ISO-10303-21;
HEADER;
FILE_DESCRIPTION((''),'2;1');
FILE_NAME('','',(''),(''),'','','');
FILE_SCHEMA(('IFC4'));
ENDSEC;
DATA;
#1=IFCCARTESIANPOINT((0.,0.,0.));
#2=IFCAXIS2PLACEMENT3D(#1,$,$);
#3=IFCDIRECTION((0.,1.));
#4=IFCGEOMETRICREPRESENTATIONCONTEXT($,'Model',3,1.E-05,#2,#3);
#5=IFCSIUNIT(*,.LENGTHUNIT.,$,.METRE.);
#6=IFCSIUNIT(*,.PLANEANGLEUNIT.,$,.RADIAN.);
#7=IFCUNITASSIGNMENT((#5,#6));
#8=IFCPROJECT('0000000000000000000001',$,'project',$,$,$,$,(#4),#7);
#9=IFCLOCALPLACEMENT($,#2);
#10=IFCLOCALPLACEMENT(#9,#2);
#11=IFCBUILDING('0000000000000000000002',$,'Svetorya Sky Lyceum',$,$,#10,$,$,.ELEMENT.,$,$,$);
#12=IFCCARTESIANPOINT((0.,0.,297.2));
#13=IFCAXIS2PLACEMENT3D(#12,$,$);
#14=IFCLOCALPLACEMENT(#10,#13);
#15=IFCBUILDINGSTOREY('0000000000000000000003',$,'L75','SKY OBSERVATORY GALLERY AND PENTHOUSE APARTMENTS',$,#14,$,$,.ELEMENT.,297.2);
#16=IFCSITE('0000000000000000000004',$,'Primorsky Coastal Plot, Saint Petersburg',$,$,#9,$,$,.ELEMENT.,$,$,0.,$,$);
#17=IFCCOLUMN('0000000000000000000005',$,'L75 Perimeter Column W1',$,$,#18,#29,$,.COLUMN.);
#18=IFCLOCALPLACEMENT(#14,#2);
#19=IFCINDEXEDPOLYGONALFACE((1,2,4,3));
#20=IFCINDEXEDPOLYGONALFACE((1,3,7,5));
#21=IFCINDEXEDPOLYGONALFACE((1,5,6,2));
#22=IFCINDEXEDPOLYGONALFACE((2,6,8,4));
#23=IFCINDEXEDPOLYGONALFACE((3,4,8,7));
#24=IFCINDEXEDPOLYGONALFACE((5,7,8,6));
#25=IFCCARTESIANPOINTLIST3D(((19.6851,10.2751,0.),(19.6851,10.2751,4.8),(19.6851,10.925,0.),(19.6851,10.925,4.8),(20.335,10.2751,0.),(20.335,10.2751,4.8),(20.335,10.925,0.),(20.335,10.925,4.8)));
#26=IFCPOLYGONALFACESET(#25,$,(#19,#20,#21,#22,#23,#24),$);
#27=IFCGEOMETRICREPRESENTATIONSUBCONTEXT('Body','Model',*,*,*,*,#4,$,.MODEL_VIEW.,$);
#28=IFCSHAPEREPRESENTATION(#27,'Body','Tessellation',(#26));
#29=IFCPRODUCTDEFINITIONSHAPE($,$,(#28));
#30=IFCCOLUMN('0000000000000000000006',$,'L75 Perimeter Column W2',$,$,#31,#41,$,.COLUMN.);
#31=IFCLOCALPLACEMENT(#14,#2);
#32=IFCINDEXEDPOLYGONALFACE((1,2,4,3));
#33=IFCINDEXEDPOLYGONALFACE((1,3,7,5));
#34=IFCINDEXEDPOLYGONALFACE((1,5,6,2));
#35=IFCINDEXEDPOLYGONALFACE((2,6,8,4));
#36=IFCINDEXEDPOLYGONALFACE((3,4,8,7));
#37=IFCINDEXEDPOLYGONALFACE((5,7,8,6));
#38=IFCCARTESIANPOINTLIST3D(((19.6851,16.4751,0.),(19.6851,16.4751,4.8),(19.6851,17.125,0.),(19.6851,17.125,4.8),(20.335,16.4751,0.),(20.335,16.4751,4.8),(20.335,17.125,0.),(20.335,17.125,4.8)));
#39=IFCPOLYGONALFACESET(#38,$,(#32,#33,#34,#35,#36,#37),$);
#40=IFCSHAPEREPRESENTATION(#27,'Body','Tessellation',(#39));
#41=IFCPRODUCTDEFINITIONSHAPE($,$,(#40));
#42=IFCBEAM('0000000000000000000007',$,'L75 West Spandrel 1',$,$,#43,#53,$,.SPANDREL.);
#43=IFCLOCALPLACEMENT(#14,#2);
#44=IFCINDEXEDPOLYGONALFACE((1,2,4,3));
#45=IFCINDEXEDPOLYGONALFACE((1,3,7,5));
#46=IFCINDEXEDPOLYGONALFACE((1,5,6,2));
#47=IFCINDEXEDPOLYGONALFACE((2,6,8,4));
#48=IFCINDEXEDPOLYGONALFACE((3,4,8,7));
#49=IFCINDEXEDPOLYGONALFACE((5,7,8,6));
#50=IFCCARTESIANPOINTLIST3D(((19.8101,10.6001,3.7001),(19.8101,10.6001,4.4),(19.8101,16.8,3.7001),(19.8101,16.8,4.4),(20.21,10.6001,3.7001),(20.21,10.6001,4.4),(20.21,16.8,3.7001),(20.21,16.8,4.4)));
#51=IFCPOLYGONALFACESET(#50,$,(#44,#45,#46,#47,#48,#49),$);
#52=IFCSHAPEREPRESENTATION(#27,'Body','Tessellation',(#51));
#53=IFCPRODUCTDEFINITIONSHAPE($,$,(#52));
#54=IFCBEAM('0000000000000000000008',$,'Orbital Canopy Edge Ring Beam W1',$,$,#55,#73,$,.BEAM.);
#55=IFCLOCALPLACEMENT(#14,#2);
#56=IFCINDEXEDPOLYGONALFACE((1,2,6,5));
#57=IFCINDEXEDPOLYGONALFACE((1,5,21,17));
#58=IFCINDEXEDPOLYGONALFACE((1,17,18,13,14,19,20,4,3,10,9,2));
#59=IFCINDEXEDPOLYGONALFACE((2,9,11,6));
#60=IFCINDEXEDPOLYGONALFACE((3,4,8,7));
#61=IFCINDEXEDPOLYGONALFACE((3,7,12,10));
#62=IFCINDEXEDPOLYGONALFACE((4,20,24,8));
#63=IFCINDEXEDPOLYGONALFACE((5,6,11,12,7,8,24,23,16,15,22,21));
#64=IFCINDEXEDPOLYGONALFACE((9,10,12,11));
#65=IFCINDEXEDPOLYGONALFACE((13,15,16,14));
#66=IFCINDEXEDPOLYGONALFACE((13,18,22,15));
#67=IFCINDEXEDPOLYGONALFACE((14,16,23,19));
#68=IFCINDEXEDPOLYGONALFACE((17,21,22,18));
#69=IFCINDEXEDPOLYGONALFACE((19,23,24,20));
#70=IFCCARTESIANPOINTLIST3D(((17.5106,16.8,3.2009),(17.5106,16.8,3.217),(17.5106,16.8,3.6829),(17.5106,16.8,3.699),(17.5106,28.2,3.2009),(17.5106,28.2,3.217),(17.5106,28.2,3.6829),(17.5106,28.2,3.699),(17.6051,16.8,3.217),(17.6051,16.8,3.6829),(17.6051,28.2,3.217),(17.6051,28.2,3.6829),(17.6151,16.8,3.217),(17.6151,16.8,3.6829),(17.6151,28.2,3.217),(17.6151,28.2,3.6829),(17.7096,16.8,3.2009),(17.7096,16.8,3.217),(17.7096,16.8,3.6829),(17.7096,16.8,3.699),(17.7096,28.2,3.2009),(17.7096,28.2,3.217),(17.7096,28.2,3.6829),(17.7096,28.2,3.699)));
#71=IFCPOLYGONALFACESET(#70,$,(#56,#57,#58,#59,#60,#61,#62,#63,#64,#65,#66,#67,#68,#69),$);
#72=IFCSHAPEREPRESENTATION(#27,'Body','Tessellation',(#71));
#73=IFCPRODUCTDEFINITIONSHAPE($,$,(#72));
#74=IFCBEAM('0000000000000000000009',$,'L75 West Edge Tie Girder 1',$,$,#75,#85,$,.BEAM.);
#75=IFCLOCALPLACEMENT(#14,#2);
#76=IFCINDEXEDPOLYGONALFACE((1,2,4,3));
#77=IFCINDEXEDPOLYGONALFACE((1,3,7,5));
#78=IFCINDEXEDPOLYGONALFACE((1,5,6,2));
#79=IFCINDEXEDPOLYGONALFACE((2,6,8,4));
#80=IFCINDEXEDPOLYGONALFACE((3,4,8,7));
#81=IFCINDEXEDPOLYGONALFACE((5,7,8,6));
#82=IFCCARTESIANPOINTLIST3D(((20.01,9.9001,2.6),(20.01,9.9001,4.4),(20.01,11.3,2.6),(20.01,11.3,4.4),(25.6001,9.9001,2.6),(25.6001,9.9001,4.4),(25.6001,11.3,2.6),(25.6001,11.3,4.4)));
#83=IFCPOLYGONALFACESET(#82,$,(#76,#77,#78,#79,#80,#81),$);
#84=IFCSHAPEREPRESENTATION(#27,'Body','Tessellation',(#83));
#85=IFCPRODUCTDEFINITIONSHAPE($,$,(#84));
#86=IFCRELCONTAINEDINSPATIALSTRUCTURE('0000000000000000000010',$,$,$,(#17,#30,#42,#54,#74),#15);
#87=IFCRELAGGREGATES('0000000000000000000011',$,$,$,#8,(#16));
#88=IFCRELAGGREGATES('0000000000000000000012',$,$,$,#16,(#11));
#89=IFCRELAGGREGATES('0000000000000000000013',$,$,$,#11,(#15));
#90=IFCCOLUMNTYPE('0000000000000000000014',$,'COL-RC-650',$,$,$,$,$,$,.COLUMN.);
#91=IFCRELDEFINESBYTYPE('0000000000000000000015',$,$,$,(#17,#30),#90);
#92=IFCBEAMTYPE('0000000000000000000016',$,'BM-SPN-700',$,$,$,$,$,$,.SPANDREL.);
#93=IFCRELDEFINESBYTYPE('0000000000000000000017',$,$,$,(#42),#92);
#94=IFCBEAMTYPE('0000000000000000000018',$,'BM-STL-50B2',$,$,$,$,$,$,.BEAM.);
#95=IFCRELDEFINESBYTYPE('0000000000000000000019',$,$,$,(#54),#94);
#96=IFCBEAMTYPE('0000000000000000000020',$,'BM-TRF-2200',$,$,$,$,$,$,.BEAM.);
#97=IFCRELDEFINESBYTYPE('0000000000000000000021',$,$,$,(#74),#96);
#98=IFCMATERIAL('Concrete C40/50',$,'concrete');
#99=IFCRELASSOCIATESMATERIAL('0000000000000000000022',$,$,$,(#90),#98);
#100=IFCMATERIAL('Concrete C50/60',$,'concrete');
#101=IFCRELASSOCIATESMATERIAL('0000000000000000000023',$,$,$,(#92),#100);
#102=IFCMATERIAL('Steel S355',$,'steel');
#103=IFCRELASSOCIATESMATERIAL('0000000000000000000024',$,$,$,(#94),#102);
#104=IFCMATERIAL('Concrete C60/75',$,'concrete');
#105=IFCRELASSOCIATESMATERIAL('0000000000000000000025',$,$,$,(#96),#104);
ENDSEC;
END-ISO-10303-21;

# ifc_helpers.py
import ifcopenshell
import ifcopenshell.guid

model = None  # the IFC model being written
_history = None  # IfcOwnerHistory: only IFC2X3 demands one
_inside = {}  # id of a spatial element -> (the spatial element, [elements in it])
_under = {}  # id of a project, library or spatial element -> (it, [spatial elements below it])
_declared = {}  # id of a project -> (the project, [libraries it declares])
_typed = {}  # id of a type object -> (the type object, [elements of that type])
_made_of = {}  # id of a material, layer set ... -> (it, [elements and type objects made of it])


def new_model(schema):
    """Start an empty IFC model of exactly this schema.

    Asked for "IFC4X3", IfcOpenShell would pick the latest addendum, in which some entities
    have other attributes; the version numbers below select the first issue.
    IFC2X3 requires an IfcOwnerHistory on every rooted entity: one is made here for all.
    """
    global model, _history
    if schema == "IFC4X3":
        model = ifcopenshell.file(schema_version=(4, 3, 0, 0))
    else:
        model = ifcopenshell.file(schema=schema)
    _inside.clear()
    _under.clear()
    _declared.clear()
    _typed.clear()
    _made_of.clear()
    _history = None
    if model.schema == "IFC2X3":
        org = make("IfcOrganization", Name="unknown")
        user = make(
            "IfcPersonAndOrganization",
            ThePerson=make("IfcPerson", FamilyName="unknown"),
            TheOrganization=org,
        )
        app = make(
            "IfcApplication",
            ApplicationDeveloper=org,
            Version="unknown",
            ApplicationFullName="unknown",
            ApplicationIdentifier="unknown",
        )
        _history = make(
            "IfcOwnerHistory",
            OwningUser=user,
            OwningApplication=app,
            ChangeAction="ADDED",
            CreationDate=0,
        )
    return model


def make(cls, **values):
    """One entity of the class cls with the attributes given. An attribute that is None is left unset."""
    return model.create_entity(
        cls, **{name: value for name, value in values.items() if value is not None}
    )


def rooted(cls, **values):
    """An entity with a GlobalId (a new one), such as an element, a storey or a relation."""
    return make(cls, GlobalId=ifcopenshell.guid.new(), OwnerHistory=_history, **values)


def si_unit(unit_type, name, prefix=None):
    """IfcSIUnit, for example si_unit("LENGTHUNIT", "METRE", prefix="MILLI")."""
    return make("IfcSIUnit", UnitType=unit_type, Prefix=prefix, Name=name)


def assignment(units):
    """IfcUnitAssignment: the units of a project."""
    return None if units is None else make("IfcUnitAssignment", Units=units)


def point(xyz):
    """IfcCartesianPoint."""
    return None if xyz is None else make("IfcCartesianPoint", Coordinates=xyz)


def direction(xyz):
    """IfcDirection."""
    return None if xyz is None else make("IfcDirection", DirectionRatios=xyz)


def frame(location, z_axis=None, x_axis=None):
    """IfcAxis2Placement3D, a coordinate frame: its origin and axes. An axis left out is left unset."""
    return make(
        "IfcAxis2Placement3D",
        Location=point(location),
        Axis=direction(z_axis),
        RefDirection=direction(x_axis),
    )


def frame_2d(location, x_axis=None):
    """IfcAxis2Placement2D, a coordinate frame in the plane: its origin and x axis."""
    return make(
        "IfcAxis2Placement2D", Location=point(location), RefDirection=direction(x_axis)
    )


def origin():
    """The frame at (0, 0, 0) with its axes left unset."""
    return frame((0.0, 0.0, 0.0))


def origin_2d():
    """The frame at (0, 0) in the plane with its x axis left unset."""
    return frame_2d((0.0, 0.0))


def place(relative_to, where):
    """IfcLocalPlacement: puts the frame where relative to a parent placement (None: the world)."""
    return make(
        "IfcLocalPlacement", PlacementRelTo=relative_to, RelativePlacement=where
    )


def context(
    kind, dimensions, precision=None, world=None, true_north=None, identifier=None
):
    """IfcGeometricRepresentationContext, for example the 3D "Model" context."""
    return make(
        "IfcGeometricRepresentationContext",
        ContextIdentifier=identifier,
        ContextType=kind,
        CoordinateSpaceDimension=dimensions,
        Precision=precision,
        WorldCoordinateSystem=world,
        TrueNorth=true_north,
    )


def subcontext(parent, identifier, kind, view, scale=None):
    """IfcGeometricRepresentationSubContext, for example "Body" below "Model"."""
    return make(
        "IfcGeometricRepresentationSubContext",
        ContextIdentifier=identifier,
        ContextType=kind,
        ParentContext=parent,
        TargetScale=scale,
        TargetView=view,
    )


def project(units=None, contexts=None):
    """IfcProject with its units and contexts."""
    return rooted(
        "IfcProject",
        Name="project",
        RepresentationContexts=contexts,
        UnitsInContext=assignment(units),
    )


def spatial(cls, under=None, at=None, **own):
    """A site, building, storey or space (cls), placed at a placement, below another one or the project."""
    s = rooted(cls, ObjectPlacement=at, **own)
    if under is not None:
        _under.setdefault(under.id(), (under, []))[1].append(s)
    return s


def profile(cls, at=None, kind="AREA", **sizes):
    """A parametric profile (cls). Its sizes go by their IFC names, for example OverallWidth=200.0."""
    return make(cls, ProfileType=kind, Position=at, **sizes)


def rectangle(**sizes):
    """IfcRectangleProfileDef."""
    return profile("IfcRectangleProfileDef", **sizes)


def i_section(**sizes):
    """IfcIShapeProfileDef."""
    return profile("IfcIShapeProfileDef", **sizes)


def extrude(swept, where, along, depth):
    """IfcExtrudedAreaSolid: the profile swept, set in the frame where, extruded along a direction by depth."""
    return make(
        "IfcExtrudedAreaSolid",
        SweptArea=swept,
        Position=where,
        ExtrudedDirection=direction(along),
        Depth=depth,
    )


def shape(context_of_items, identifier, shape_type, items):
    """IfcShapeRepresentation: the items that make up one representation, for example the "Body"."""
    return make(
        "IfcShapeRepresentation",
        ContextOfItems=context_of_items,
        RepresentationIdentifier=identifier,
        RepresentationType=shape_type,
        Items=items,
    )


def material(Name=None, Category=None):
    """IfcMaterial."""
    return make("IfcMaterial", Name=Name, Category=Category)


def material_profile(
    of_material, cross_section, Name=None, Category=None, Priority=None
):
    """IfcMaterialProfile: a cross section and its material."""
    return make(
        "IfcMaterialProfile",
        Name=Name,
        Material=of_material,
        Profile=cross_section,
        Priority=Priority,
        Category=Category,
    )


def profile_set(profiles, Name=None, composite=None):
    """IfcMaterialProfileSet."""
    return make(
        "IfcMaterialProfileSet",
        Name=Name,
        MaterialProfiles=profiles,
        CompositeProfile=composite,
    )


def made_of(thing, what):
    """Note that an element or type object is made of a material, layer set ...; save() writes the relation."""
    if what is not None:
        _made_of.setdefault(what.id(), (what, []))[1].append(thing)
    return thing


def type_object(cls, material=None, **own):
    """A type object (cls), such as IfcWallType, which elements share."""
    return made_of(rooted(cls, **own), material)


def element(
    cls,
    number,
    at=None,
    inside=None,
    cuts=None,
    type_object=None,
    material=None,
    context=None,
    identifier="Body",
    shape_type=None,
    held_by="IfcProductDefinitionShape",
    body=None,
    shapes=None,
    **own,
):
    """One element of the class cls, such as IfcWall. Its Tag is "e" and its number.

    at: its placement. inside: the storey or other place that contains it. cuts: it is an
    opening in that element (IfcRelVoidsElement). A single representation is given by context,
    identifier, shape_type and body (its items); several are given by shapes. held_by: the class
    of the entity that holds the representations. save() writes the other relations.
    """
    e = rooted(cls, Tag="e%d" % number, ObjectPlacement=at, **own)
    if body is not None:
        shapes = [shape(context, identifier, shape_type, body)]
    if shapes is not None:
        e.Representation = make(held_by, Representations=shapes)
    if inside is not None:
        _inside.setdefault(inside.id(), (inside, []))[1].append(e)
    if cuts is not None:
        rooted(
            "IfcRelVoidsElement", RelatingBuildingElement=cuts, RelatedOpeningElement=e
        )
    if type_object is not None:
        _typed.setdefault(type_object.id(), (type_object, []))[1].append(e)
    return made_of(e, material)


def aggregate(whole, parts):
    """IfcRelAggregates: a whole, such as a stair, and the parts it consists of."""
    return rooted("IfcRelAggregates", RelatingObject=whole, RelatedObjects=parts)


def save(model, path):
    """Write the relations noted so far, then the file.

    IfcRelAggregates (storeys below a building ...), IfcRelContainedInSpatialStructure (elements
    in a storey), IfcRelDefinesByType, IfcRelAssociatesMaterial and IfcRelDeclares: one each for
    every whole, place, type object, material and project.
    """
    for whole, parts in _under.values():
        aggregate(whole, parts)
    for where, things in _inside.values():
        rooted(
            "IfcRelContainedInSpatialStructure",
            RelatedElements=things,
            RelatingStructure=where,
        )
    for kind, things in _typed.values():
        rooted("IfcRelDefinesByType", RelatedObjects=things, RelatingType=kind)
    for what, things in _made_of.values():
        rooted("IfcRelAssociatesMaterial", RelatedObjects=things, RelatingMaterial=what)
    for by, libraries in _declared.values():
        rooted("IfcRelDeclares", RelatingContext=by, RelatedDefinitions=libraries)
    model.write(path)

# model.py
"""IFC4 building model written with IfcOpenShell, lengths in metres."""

from ifc_helpers import new_model, si_unit, direction, frame, origin, origin_2d, place, context, subcontext, project, spatial, rectangle, i_section, extrude, material, material_profile, profile_set, type_object, element, save


model = new_model("IFC4")

# Units and contexts
model_context = context("Model", 3, precision=1e-05, world=origin(), true_north=direction((0.0, 1.0)))
body_context = subcontext(model_context, "Body", "Model", "MODEL_VIEW")
ifc_project = project(units=[si_unit("LENGTHUNIT", "METRE"), si_unit("PLANEANGLEUNIT", "RADIAN")], contexts=[model_context])

# Site, building, storey
site_placement = place(None, origin())
site = spatial("IfcSite", under=ifc_project, at=site_placement, Name="Primorsky Coastal Plot, Saint Petersburg", CompositionType="ELEMENT", RefElevation=0.0)
building_placement = place(site_placement, origin())
building = spatial("IfcBuilding", under=site, at=building_placement, Name="Svetorya Sky Lyceum", CompositionType="ELEMENT")
storey_placement = place(building_placement, frame((0.0, 0.0, 297.2)))
storey = spatial("IfcBuildingStorey", under=building, at=storey_placement, Name="L75", Description="SKY OBSERVATORY GALLERY AND PENTHOUSE APARTMENTS", CompositionType="ELEMENT", Elevation=297.2)

# Columns
ifc_material_1 = material(Name="Concrete C40/50", Category="concrete")
ifc_material_profile_1 = material_profile(ifc_material_1, rectangle(XDim=0.6499, YDim=0.6499, at=origin_2d()), Name="RC COL 650x650")
ifc_profile_set_1 = profile_set([ifc_material_profile_1], Name="Concrete C40/50")
column_type = type_object("IfcColumnType", Name="COL-RC-650", PredefinedType="COLUMN", material=ifc_profile_set_1)
for number, where, z_axis, x_axis, name in (
    (1, (20.01, 10.6001, 0.0), (0.0, 0.0, 1.0), (1.0, 0.0, 0.0), "L75 Perimeter Column W1"),
    (2, (20.01, 16.8, 0.0), (0.0, 0.0, 1.0), (1.0, 0.0, 0.0), "L75 Perimeter Column W2"),
):
    element("IfcColumn", number, at=place(storey_placement, frame(where, z_axis=z_axis, x_axis=x_axis)), inside=storey, type_object=column_type, Name=name, PredefinedType="COLUMN", context=body_context, shape_type="SweptSolid", body=[
        extrude(rectangle(XDim=0.6499, YDim=0.6499, at=origin_2d()), origin(), (0.0, 0.0, 1.0), 4.8),
    ])

# Beams
ifc_material_2 = material(Name="Concrete C50/60", Category="concrete")
ifc_material_profile_2 = material_profile(ifc_material_2, rectangle(XDim=0.3999, YDim=0.7, at=origin_2d()), Name="RC SPANDREL 400x700")
ifc_profile_set_2 = profile_set([ifc_material_profile_2], Name="Concrete C50/60")
beam_type_1 = type_object("IfcBeamType", Name="BM-SPN-700", PredefinedType="SPANDREL", material=ifc_profile_set_2)
beam_1_placement = place(storey_placement, frame((20.01, 10.6001, 4.05), z_axis=(0.0, 1.0, 0.0), x_axis=(-1.0, 0.0, 0.0)))
element("IfcBeam", 3, at=beam_1_placement, inside=storey, type_object=beam_type_1, Name="L75 West Spandrel 1", PredefinedType="SPANDREL", context=body_context, shape_type="SweptSolid", body=[
    extrude(rectangle(XDim=0.3999, YDim=0.7, at=origin_2d()), origin(), (0.0, 0.0, 1.0), 6.2),
])
ifc_material_3 = material(Name="Steel S355", Category="steel")
ifc_material_profile_3 = material_profile(ifc_material_3, i_section(OverallWidth=0.199, OverallDepth=0.498, WebThickness=0.01, FlangeThickness=0.0161, at=origin_2d()), Name="GOST 50B2")
ifc_profile_set_3 = profile_set([ifc_material_profile_3], Name="Steel S355")
beam_type_2 = type_object("IfcBeamType", Name="BM-STL-50B2", PredefinedType="BEAM", material=ifc_profile_set_3)
beam_2_placement = place(storey_placement, frame((17.6101, 16.8, 3.45), z_axis=(0.0, 1.0, 0.0), x_axis=(-1.0, 0.0, 0.0)))
element("IfcBeam", 4, at=beam_2_placement, inside=storey, type_object=beam_type_2, Name="Orbital Canopy Edge Ring Beam W1", PredefinedType="BEAM", context=body_context, shape_type="SweptSolid", body=[
    extrude(i_section(OverallWidth=0.199, OverallDepth=0.498, WebThickness=0.01, FlangeThickness=0.0161, at=origin_2d()), origin(), (0.0, 0.0, 1.0), 11.3999),
])
ifc_material_4 = material(Name="Concrete C60/75", Category="concrete")
ifc_material_profile_4 = material_profile(ifc_material_4, rectangle(XDim=1.3999, YDim=1.8, at=origin_2d()), Name="RC TRANSFER 1400x1800")
ifc_profile_set_4 = profile_set([ifc_material_profile_4], Name="Concrete C60/75")
beam_type_3 = type_object("IfcBeamType", Name="BM-TRF-2200", PredefinedType="BEAM", material=ifc_profile_set_4)
beam_3_placement = place(storey_placement, frame((20.01, 10.6001, 3.5), z_axis=(1.0, 0.0, 0.0), x_axis=(0.0, 1.0, 0.0)))
element("IfcBeam", 5, at=beam_3_placement, inside=storey, type_object=beam_type_3, Name="L75 West Edge Tie Girder 1", PredefinedType="BEAM", context=body_context, shape_type="SweptSolid", body=[
    extrude(rectangle(XDim=1.3999, YDim=1.8, at=origin_2d()), origin(), (0.0, 0.0, 1.0), 5.5901),
])

save(model, "model.ifc")
